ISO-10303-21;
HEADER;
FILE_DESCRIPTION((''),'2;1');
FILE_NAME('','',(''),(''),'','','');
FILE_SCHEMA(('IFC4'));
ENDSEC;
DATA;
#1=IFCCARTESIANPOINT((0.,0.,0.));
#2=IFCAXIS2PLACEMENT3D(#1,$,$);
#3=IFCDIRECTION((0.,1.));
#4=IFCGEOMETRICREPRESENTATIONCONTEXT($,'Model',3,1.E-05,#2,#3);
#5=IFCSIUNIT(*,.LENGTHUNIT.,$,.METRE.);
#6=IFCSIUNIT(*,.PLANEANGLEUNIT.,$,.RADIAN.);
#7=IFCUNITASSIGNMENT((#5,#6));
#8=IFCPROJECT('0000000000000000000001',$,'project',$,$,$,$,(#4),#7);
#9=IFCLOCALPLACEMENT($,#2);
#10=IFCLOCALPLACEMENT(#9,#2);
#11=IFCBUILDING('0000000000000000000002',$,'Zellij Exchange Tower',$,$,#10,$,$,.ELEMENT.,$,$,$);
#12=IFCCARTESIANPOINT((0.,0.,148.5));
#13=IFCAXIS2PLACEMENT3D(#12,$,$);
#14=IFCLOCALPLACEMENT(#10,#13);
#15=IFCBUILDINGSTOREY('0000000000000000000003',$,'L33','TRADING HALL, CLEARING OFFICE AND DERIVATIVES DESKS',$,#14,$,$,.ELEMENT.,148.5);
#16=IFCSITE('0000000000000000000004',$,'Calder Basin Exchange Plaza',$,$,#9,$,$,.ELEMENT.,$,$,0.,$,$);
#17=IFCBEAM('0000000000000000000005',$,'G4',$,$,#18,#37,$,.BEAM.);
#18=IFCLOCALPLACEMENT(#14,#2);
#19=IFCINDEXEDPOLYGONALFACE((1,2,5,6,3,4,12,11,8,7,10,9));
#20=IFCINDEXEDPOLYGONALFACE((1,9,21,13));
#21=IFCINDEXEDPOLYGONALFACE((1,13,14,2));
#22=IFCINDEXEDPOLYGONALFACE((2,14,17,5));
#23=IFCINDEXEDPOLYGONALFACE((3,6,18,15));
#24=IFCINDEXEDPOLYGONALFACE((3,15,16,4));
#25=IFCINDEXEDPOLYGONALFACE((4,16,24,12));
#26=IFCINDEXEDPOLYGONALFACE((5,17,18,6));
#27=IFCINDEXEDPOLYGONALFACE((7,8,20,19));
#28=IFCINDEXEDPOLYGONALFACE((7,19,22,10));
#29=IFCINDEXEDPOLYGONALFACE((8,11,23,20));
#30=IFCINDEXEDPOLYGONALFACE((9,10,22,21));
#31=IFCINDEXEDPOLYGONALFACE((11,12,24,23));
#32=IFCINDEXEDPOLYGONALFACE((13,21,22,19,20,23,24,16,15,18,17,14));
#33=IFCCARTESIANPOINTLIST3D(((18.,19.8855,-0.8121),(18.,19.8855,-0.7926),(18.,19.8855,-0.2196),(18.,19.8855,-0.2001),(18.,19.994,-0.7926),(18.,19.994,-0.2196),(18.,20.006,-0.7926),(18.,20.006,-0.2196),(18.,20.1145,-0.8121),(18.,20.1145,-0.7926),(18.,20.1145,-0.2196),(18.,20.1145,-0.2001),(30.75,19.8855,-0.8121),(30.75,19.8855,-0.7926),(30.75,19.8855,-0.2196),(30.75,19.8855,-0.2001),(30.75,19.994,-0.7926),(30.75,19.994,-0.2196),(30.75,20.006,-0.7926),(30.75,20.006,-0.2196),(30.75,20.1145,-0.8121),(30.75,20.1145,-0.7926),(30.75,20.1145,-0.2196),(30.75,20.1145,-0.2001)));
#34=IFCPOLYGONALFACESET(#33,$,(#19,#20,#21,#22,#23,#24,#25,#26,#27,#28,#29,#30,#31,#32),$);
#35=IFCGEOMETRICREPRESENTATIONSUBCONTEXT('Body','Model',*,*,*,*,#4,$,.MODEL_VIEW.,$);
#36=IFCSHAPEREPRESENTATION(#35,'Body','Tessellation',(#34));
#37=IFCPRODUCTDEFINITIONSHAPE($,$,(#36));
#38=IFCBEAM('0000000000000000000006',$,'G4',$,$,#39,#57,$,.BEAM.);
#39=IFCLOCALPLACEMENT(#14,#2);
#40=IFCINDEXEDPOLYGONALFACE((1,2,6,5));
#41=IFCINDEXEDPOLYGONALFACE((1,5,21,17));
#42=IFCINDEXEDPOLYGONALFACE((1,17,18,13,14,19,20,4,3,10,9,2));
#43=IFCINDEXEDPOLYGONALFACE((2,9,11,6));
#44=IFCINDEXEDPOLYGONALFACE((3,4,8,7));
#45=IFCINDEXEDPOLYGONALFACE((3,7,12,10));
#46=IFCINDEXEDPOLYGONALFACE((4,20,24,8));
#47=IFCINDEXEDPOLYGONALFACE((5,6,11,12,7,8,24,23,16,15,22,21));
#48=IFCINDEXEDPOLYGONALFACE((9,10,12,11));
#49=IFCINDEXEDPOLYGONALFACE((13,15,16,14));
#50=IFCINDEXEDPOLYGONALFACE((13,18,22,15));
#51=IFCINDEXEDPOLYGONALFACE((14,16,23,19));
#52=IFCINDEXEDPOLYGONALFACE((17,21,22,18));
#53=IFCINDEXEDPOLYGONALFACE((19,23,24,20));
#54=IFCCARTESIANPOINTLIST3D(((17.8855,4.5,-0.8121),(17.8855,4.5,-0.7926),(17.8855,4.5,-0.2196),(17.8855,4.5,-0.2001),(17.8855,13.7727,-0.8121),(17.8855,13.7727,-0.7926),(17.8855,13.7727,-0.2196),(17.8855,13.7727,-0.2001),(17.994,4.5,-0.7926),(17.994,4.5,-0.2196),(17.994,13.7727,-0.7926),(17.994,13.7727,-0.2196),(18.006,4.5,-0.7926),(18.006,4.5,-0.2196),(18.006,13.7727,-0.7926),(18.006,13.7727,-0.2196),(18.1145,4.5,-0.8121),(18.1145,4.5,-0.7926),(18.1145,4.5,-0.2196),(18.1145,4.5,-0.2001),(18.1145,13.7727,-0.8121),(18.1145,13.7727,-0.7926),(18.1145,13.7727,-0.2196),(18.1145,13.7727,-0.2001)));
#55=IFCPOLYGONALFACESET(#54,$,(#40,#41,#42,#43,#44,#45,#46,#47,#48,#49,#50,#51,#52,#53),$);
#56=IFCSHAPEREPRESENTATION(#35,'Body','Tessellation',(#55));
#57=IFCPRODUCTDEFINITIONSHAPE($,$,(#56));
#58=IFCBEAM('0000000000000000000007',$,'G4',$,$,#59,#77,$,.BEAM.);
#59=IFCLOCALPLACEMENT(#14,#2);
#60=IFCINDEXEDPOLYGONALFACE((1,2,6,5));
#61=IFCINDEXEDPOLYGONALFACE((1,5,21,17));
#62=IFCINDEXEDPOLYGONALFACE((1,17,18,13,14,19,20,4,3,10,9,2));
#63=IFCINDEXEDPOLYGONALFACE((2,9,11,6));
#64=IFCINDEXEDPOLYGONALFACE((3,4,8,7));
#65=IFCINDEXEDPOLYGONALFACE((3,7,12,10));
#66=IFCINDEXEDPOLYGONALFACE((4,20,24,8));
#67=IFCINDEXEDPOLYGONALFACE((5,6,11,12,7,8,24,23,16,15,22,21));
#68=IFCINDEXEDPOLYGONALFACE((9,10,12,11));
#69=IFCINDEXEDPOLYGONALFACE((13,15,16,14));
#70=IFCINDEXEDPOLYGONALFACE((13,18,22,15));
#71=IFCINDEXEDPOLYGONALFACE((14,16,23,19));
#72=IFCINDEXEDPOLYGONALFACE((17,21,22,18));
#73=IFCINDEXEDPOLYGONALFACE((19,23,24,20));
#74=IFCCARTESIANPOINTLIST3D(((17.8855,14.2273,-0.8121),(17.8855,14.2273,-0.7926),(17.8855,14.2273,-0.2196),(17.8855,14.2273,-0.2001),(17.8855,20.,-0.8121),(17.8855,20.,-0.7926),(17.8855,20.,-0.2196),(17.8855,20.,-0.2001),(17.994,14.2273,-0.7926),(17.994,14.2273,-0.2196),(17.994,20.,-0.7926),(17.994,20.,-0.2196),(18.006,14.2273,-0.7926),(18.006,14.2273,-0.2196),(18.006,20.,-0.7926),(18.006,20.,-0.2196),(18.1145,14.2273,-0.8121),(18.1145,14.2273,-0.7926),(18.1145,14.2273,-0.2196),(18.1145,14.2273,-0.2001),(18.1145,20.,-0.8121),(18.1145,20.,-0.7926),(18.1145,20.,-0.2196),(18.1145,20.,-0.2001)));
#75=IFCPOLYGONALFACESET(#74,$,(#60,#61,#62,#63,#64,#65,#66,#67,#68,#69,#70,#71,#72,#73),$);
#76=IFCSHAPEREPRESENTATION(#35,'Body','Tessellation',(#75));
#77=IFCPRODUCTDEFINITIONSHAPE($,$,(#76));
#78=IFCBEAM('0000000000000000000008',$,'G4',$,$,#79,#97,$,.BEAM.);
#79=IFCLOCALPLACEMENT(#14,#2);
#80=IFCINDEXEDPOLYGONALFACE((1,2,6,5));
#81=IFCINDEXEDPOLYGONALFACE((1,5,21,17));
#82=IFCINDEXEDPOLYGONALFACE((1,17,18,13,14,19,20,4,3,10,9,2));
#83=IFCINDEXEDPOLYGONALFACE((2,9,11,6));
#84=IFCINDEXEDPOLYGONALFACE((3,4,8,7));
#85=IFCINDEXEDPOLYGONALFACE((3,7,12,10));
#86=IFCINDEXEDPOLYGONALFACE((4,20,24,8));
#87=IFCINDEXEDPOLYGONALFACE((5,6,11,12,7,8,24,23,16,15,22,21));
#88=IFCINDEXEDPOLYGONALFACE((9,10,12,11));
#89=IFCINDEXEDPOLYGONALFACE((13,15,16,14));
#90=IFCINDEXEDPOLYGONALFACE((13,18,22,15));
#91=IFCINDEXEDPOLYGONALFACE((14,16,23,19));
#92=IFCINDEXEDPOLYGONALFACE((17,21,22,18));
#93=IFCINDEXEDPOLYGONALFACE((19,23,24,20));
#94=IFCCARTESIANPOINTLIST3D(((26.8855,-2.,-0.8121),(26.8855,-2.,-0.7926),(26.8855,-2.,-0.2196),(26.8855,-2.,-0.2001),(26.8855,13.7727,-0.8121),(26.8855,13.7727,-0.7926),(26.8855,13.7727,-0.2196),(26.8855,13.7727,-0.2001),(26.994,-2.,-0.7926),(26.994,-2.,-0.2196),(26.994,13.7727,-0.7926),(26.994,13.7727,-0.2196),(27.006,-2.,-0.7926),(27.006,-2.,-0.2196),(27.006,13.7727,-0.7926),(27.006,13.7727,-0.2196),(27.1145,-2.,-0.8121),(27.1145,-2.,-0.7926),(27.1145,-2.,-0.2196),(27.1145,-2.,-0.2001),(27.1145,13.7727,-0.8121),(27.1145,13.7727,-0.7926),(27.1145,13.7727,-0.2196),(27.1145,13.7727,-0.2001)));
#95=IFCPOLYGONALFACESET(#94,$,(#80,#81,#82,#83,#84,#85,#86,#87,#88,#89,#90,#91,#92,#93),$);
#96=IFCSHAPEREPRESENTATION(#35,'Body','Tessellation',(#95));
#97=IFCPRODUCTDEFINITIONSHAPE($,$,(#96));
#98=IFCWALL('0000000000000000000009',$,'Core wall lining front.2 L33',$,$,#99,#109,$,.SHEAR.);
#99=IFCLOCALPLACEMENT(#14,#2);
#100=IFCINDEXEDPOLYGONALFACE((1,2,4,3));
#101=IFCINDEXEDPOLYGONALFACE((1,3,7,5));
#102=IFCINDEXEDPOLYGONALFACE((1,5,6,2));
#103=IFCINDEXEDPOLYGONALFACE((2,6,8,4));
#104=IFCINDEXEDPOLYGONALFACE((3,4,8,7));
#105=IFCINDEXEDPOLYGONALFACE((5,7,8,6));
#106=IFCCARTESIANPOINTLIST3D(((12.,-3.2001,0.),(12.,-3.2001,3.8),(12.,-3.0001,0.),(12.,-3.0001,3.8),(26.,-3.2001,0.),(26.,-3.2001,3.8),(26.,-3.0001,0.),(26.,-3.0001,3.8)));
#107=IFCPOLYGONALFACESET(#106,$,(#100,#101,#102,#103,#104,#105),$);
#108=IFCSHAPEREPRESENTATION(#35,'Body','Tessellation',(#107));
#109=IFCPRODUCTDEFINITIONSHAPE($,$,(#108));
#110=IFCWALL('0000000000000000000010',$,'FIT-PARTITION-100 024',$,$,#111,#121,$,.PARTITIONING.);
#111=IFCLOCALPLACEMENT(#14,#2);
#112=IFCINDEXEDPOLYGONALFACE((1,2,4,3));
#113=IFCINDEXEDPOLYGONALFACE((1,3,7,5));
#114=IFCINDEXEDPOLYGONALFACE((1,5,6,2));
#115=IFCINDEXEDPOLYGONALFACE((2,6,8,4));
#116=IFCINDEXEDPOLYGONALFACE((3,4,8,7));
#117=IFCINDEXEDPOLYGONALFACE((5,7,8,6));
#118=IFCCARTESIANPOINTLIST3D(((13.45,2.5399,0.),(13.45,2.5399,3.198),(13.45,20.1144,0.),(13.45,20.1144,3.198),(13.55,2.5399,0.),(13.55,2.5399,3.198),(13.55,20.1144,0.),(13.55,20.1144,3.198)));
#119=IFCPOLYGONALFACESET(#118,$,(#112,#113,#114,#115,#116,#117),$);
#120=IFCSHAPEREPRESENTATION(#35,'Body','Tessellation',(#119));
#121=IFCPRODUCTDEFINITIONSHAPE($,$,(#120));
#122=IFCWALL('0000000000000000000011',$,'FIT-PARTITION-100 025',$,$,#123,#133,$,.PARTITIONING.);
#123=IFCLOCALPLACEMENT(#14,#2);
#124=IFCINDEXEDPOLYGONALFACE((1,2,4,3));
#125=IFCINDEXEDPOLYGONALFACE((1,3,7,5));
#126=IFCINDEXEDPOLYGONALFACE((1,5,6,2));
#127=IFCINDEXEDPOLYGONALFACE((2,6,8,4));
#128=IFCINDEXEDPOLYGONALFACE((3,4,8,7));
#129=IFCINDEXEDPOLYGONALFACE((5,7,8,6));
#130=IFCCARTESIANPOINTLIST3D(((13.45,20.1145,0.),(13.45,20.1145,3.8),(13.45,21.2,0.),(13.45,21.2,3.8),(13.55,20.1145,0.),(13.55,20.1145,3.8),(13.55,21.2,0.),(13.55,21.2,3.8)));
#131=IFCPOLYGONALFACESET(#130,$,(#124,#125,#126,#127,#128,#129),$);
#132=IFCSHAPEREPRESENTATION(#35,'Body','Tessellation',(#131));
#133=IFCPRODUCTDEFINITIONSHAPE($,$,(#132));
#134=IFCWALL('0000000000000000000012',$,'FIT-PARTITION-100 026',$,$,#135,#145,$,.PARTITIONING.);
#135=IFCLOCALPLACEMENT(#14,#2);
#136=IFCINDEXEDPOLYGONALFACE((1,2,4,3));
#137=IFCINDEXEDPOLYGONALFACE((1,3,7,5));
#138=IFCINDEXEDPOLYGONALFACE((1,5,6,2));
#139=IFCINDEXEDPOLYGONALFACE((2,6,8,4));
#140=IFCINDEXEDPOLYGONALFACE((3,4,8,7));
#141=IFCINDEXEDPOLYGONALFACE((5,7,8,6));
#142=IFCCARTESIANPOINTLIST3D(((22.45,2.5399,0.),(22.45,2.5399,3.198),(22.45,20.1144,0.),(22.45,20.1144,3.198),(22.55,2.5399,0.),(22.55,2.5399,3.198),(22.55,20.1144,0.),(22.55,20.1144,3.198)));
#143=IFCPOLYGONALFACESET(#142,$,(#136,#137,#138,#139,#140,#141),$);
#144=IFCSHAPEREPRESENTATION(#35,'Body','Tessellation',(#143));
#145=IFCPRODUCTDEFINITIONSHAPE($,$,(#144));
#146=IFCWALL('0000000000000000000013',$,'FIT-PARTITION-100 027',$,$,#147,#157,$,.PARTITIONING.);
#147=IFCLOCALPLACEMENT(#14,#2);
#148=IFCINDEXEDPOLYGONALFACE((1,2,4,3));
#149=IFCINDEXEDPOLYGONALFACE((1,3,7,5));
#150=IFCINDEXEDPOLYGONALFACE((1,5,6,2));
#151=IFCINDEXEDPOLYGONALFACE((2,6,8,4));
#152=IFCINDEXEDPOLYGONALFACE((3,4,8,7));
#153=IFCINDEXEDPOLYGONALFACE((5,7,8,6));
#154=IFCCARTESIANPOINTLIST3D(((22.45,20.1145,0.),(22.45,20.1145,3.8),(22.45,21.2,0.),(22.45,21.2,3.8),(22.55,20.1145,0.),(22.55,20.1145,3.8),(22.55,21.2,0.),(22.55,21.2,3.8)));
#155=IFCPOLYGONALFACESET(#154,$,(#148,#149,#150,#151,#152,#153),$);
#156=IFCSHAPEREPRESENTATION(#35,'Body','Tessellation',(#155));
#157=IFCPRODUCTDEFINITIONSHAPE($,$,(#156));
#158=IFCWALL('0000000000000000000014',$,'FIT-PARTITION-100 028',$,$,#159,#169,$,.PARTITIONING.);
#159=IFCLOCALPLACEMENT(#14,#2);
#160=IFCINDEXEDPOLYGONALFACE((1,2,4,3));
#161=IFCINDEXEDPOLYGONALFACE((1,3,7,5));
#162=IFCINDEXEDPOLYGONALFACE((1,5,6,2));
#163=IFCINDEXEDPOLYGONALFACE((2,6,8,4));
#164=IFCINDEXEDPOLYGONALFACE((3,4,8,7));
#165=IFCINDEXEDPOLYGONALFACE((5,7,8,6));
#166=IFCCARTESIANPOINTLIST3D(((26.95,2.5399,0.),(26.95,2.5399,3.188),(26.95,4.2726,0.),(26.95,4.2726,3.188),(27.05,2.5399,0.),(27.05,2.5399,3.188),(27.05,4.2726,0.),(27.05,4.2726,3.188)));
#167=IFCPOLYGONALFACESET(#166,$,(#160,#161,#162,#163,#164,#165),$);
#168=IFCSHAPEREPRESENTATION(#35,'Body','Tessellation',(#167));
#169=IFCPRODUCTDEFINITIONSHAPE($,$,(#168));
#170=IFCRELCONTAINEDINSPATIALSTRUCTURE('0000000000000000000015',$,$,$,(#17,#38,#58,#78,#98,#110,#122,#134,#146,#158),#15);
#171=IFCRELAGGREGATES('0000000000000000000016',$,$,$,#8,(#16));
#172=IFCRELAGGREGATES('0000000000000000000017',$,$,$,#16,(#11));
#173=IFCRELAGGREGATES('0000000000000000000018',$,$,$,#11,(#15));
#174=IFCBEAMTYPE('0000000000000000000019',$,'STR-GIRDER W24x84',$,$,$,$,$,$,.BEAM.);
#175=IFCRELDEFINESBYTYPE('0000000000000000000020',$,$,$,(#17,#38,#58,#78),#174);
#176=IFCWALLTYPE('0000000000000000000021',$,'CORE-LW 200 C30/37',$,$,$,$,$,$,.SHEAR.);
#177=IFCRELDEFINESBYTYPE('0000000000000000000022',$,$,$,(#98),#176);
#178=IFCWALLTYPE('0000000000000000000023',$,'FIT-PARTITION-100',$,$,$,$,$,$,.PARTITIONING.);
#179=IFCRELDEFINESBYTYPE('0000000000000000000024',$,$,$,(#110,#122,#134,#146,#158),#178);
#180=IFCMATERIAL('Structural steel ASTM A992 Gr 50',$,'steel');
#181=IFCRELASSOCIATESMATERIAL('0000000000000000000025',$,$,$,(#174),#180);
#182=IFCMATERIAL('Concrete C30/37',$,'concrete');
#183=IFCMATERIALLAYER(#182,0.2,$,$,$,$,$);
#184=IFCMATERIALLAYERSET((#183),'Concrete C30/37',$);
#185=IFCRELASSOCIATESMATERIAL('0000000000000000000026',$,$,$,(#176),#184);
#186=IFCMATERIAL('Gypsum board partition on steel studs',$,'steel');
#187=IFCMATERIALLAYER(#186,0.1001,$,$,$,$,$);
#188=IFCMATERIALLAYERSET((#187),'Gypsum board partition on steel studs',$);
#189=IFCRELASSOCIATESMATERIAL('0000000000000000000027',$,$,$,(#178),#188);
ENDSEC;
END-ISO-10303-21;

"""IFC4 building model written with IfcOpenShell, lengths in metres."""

from ifc_helpers import new_model, si_unit, direction, frame, frame_2d, origin, origin_2d, place, context, subcontext, project, spatial, rectangle, i_section, extrude, material, layer, layer_set, material_profile, profile_set, type_object, element, save


model = new_model("IFC4")

# Units and contexts
model_context = context("Model", 3, precision=1e-05, world=origin(), true_north=direction((0.0, 1.0)))
body_context = subcontext(model_context, "Body", "Model", "MODEL_VIEW")
ifc_project = project(units=[si_unit("LENGTHUNIT", "METRE"), si_unit("PLANEANGLEUNIT", "RADIAN")], contexts=[model_context])

# Site, building, storey
site_placement = place(None, origin())
site = spatial("IfcSite", under=ifc_project, at=site_placement, Name="Calder Basin Exchange Plaza", CompositionType="ELEMENT", RefElevation=0.0)
building_placement = place(site_placement, origin())
building = spatial("IfcBuilding", under=site, at=building_placement, Name="Zellij Exchange Tower", CompositionType="ELEMENT")
storey_placement = place(building_placement, frame((0.0, 0.0, 148.5)))
storey = spatial("IfcBuildingStorey", under=building, at=storey_placement, Name="L33", Description="TRADING HALL, CLEARING OFFICE AND DERIVATIVES DESKS", CompositionType="ELEMENT", Elevation=148.5)

# Beams
ifc_material_1 = material(Name="Structural steel ASTM A992 Gr 50", Category="steel")
ifc_material_profile_1 = material_profile(ifc_material_1, i_section(OverallWidth=0.229, OverallDepth=0.6121, WebThickness=0.012, FlangeThickness=0.0195, at=origin_2d()), Name="W24x84")
ifc_profile_set_1 = profile_set([ifc_material_profile_1], Name="Structural steel ASTM A992 Gr 50")
beam_type_1 = type_object("IfcBeamType", Name="STR-GIRDER W24x84", PredefinedType="BEAM", material=ifc_profile_set_1)
beam_1_placement = place(storey_placement, frame((18.0, 20.0, -0.5061), z_axis=(1.0, 0.0, 0.0), x_axis=(0.0, 1.0, 0.0)))
element("IfcBeam", 1, at=beam_1_placement, inside=storey, type_object=beam_type_1, Name="G4", PredefinedType="BEAM", context=body_context, shape_type="SweptSolid", body=[
    extrude(i_section(OverallWidth=0.229, OverallDepth=0.6121, WebThickness=0.012, FlangeThickness=0.0195, at=origin_2d()), origin(), (0.0, 0.0, 1.0), 12.75),
])
beam_2_placement = place(storey_placement, frame((18.0, 4.5, -0.5061), z_axis=(0.0, 1.0, 0.0), x_axis=(-1.0, 0.0, 0.0)))
element("IfcBeam", 2, at=beam_2_placement, inside=storey, type_object=beam_type_1, Name="G4", PredefinedType="BEAM", context=body_context, shape_type="SweptSolid", body=[
    extrude(i_section(OverallWidth=0.229, OverallDepth=0.6121, WebThickness=0.012, FlangeThickness=0.0195, at=origin_2d()), origin(), (0.0, 0.0, 1.0), 9.2727),
])
beam_3_placement = place(storey_placement, frame((18.0, 14.2273, -0.5061), z_axis=(0.0, 1.0, 0.0), x_axis=(-1.0, 0.0, 0.0)))
element("IfcBeam", 3, at=beam_3_placement, inside=storey, type_object=beam_type_1, Name="G4", PredefinedType="BEAM", context=body_context, shape_type="SweptSolid", body=[
    extrude(i_section(OverallWidth=0.229, OverallDepth=0.6121, WebThickness=0.012, FlangeThickness=0.0195, at=origin_2d()), origin(), (0.0, 0.0, 1.0), 5.7727),
])
beam_4_placement = place(storey_placement, frame((27.0, -2.0, -0.5061), z_axis=(0.0, 1.0, 0.0), x_axis=(-1.0, 0.0, 0.0)))
element("IfcBeam", 4, at=beam_4_placement, inside=storey, type_object=beam_type_1, Name="G4", PredefinedType="BEAM", context=body_context, shape_type="SweptSolid", body=[
    extrude(i_section(OverallWidth=0.229, OverallDepth=0.6121, WebThickness=0.012, FlangeThickness=0.0195, at=origin_2d()), origin(), (0.0, 0.0, 1.0), 15.7727),
])

# Walls
ifc_material_2 = material(Name="Concrete C30/37", Category="concrete")
ifc_layer_1 = layer(ifc_material_2, 0.2)
ifc_layer_set_1 = layer_set([ifc_layer_1], Name="Concrete C30/37")
wall_type_1 = type_object("IfcWallType", Name="CORE-LW 200 C30/37", PredefinedType="SHEAR", material=ifc_layer_set_1)
wall_1_placement = place(storey_placement, frame((12.0, -3.1001, 0.0), z_axis=(0.0, 0.0, 1.0), x_axis=(1.0, 0.0, 0.0)))
element("IfcWall", 5, at=wall_1_placement, inside=storey, type_object=wall_type_1, Name="Core wall lining front.2 L33", PredefinedType="SHEAR", context=body_context, shape_type="SweptSolid", body=[
    extrude(rectangle(XDim=14.0, YDim=0.2, at=frame_2d((7.0, 0.0))), origin(), (0.0, 0.0, 1.0), 3.8),
])
ifc_material_3 = material(Name="Gypsum board partition on steel studs", Category="steel")
ifc_layer_2 = layer(ifc_material_3, 0.1001)
ifc_layer_set_2 = layer_set([ifc_layer_2], Name="Gypsum board partition on steel studs")
wall_type_2 = type_object("IfcWallType", Name="FIT-PARTITION-100", PredefinedType="PARTITIONING", material=ifc_layer_set_2)
wall_2_placement = place(storey_placement, frame((13.5, 2.54, 0.0), z_axis=(0.0, 0.0, 1.0), x_axis=(0.0, 1.0, 0.0)))
element("IfcWall", 6, at=wall_2_placement, inside=storey, type_object=wall_type_2, Name="FIT-PARTITION-100 024", PredefinedType="PARTITIONING", context=body_context, shape_type="SweptSolid", body=[
    extrude(rectangle(XDim=17.5745, YDim=0.1001, at=frame_2d((8.7871, 0.0))), origin(), (0.0, 0.0, 1.0), 3.198),
])
wall_3_placement = place(storey_placement, frame((13.5, 20.1145, 0.0), z_axis=(0.0, 0.0, 1.0), x_axis=(0.0, 1.0, 0.0)))
element("IfcWall", 7, at=wall_3_placement, inside=storey, type_object=wall_type_2, Name="FIT-PARTITION-100 025", PredefinedType="PARTITIONING", context=body_context, shape_type="SweptSolid", body=[
    extrude(rectangle(XDim=1.0854, YDim=0.1001, at=frame_2d((0.5427, 0.0))), origin(), (0.0, 0.0, 1.0), 3.8),
])
wall_4_placement = place(storey_placement, frame((22.5, 2.54, 0.0), z_axis=(0.0, 0.0, 1.0), x_axis=(0.0, 1.0, 0.0)))
element("IfcWall", 8, at=wall_4_placement, inside=storey, type_object=wall_type_2, Name="FIT-PARTITION-100 026", PredefinedType="PARTITIONING", context=body_context, shape_type="SweptSolid", body=[
    extrude(rectangle(XDim=17.5745, YDim=0.1001, at=frame_2d((8.7871, 0.0))), origin(), (0.0, 0.0, 1.0), 3.198),
])
wall_5_placement = place(storey_placement, frame((22.5, 20.1145, 0.0), z_axis=(0.0, 0.0, 1.0), x_axis=(0.0, 1.0, 0.0)))
element("IfcWall", 9, at=wall_5_placement, inside=storey, type_object=wall_type_2, Name="FIT-PARTITION-100 027", PredefinedType="PARTITIONING", context=body_context, shape_type="SweptSolid", body=[
    extrude(rectangle(XDim=1.0854, YDim=0.1001, at=frame_2d((0.5427, 0.0))), origin(), (0.0, 0.0, 1.0), 3.8),
])
wall_6_placement = place(storey_placement, frame((27.0, 2.54, 0.0), z_axis=(0.0, 0.0, 1.0), x_axis=(0.0, 1.0, 0.0)))
element("IfcWall", 10, at=wall_6_placement, inside=storey, type_object=wall_type_2, Name="FIT-PARTITION-100 028", PredefinedType="PARTITIONING", context=body_context, shape_type="SweptSolid", body=[
    extrude(rectangle(XDim=1.7327, YDim=0.1001, at=frame_2d((0.8662, 0.0))), origin(), (0.0, 0.0, 1.0), 3.188),
])

save(model, "model.ifc")
